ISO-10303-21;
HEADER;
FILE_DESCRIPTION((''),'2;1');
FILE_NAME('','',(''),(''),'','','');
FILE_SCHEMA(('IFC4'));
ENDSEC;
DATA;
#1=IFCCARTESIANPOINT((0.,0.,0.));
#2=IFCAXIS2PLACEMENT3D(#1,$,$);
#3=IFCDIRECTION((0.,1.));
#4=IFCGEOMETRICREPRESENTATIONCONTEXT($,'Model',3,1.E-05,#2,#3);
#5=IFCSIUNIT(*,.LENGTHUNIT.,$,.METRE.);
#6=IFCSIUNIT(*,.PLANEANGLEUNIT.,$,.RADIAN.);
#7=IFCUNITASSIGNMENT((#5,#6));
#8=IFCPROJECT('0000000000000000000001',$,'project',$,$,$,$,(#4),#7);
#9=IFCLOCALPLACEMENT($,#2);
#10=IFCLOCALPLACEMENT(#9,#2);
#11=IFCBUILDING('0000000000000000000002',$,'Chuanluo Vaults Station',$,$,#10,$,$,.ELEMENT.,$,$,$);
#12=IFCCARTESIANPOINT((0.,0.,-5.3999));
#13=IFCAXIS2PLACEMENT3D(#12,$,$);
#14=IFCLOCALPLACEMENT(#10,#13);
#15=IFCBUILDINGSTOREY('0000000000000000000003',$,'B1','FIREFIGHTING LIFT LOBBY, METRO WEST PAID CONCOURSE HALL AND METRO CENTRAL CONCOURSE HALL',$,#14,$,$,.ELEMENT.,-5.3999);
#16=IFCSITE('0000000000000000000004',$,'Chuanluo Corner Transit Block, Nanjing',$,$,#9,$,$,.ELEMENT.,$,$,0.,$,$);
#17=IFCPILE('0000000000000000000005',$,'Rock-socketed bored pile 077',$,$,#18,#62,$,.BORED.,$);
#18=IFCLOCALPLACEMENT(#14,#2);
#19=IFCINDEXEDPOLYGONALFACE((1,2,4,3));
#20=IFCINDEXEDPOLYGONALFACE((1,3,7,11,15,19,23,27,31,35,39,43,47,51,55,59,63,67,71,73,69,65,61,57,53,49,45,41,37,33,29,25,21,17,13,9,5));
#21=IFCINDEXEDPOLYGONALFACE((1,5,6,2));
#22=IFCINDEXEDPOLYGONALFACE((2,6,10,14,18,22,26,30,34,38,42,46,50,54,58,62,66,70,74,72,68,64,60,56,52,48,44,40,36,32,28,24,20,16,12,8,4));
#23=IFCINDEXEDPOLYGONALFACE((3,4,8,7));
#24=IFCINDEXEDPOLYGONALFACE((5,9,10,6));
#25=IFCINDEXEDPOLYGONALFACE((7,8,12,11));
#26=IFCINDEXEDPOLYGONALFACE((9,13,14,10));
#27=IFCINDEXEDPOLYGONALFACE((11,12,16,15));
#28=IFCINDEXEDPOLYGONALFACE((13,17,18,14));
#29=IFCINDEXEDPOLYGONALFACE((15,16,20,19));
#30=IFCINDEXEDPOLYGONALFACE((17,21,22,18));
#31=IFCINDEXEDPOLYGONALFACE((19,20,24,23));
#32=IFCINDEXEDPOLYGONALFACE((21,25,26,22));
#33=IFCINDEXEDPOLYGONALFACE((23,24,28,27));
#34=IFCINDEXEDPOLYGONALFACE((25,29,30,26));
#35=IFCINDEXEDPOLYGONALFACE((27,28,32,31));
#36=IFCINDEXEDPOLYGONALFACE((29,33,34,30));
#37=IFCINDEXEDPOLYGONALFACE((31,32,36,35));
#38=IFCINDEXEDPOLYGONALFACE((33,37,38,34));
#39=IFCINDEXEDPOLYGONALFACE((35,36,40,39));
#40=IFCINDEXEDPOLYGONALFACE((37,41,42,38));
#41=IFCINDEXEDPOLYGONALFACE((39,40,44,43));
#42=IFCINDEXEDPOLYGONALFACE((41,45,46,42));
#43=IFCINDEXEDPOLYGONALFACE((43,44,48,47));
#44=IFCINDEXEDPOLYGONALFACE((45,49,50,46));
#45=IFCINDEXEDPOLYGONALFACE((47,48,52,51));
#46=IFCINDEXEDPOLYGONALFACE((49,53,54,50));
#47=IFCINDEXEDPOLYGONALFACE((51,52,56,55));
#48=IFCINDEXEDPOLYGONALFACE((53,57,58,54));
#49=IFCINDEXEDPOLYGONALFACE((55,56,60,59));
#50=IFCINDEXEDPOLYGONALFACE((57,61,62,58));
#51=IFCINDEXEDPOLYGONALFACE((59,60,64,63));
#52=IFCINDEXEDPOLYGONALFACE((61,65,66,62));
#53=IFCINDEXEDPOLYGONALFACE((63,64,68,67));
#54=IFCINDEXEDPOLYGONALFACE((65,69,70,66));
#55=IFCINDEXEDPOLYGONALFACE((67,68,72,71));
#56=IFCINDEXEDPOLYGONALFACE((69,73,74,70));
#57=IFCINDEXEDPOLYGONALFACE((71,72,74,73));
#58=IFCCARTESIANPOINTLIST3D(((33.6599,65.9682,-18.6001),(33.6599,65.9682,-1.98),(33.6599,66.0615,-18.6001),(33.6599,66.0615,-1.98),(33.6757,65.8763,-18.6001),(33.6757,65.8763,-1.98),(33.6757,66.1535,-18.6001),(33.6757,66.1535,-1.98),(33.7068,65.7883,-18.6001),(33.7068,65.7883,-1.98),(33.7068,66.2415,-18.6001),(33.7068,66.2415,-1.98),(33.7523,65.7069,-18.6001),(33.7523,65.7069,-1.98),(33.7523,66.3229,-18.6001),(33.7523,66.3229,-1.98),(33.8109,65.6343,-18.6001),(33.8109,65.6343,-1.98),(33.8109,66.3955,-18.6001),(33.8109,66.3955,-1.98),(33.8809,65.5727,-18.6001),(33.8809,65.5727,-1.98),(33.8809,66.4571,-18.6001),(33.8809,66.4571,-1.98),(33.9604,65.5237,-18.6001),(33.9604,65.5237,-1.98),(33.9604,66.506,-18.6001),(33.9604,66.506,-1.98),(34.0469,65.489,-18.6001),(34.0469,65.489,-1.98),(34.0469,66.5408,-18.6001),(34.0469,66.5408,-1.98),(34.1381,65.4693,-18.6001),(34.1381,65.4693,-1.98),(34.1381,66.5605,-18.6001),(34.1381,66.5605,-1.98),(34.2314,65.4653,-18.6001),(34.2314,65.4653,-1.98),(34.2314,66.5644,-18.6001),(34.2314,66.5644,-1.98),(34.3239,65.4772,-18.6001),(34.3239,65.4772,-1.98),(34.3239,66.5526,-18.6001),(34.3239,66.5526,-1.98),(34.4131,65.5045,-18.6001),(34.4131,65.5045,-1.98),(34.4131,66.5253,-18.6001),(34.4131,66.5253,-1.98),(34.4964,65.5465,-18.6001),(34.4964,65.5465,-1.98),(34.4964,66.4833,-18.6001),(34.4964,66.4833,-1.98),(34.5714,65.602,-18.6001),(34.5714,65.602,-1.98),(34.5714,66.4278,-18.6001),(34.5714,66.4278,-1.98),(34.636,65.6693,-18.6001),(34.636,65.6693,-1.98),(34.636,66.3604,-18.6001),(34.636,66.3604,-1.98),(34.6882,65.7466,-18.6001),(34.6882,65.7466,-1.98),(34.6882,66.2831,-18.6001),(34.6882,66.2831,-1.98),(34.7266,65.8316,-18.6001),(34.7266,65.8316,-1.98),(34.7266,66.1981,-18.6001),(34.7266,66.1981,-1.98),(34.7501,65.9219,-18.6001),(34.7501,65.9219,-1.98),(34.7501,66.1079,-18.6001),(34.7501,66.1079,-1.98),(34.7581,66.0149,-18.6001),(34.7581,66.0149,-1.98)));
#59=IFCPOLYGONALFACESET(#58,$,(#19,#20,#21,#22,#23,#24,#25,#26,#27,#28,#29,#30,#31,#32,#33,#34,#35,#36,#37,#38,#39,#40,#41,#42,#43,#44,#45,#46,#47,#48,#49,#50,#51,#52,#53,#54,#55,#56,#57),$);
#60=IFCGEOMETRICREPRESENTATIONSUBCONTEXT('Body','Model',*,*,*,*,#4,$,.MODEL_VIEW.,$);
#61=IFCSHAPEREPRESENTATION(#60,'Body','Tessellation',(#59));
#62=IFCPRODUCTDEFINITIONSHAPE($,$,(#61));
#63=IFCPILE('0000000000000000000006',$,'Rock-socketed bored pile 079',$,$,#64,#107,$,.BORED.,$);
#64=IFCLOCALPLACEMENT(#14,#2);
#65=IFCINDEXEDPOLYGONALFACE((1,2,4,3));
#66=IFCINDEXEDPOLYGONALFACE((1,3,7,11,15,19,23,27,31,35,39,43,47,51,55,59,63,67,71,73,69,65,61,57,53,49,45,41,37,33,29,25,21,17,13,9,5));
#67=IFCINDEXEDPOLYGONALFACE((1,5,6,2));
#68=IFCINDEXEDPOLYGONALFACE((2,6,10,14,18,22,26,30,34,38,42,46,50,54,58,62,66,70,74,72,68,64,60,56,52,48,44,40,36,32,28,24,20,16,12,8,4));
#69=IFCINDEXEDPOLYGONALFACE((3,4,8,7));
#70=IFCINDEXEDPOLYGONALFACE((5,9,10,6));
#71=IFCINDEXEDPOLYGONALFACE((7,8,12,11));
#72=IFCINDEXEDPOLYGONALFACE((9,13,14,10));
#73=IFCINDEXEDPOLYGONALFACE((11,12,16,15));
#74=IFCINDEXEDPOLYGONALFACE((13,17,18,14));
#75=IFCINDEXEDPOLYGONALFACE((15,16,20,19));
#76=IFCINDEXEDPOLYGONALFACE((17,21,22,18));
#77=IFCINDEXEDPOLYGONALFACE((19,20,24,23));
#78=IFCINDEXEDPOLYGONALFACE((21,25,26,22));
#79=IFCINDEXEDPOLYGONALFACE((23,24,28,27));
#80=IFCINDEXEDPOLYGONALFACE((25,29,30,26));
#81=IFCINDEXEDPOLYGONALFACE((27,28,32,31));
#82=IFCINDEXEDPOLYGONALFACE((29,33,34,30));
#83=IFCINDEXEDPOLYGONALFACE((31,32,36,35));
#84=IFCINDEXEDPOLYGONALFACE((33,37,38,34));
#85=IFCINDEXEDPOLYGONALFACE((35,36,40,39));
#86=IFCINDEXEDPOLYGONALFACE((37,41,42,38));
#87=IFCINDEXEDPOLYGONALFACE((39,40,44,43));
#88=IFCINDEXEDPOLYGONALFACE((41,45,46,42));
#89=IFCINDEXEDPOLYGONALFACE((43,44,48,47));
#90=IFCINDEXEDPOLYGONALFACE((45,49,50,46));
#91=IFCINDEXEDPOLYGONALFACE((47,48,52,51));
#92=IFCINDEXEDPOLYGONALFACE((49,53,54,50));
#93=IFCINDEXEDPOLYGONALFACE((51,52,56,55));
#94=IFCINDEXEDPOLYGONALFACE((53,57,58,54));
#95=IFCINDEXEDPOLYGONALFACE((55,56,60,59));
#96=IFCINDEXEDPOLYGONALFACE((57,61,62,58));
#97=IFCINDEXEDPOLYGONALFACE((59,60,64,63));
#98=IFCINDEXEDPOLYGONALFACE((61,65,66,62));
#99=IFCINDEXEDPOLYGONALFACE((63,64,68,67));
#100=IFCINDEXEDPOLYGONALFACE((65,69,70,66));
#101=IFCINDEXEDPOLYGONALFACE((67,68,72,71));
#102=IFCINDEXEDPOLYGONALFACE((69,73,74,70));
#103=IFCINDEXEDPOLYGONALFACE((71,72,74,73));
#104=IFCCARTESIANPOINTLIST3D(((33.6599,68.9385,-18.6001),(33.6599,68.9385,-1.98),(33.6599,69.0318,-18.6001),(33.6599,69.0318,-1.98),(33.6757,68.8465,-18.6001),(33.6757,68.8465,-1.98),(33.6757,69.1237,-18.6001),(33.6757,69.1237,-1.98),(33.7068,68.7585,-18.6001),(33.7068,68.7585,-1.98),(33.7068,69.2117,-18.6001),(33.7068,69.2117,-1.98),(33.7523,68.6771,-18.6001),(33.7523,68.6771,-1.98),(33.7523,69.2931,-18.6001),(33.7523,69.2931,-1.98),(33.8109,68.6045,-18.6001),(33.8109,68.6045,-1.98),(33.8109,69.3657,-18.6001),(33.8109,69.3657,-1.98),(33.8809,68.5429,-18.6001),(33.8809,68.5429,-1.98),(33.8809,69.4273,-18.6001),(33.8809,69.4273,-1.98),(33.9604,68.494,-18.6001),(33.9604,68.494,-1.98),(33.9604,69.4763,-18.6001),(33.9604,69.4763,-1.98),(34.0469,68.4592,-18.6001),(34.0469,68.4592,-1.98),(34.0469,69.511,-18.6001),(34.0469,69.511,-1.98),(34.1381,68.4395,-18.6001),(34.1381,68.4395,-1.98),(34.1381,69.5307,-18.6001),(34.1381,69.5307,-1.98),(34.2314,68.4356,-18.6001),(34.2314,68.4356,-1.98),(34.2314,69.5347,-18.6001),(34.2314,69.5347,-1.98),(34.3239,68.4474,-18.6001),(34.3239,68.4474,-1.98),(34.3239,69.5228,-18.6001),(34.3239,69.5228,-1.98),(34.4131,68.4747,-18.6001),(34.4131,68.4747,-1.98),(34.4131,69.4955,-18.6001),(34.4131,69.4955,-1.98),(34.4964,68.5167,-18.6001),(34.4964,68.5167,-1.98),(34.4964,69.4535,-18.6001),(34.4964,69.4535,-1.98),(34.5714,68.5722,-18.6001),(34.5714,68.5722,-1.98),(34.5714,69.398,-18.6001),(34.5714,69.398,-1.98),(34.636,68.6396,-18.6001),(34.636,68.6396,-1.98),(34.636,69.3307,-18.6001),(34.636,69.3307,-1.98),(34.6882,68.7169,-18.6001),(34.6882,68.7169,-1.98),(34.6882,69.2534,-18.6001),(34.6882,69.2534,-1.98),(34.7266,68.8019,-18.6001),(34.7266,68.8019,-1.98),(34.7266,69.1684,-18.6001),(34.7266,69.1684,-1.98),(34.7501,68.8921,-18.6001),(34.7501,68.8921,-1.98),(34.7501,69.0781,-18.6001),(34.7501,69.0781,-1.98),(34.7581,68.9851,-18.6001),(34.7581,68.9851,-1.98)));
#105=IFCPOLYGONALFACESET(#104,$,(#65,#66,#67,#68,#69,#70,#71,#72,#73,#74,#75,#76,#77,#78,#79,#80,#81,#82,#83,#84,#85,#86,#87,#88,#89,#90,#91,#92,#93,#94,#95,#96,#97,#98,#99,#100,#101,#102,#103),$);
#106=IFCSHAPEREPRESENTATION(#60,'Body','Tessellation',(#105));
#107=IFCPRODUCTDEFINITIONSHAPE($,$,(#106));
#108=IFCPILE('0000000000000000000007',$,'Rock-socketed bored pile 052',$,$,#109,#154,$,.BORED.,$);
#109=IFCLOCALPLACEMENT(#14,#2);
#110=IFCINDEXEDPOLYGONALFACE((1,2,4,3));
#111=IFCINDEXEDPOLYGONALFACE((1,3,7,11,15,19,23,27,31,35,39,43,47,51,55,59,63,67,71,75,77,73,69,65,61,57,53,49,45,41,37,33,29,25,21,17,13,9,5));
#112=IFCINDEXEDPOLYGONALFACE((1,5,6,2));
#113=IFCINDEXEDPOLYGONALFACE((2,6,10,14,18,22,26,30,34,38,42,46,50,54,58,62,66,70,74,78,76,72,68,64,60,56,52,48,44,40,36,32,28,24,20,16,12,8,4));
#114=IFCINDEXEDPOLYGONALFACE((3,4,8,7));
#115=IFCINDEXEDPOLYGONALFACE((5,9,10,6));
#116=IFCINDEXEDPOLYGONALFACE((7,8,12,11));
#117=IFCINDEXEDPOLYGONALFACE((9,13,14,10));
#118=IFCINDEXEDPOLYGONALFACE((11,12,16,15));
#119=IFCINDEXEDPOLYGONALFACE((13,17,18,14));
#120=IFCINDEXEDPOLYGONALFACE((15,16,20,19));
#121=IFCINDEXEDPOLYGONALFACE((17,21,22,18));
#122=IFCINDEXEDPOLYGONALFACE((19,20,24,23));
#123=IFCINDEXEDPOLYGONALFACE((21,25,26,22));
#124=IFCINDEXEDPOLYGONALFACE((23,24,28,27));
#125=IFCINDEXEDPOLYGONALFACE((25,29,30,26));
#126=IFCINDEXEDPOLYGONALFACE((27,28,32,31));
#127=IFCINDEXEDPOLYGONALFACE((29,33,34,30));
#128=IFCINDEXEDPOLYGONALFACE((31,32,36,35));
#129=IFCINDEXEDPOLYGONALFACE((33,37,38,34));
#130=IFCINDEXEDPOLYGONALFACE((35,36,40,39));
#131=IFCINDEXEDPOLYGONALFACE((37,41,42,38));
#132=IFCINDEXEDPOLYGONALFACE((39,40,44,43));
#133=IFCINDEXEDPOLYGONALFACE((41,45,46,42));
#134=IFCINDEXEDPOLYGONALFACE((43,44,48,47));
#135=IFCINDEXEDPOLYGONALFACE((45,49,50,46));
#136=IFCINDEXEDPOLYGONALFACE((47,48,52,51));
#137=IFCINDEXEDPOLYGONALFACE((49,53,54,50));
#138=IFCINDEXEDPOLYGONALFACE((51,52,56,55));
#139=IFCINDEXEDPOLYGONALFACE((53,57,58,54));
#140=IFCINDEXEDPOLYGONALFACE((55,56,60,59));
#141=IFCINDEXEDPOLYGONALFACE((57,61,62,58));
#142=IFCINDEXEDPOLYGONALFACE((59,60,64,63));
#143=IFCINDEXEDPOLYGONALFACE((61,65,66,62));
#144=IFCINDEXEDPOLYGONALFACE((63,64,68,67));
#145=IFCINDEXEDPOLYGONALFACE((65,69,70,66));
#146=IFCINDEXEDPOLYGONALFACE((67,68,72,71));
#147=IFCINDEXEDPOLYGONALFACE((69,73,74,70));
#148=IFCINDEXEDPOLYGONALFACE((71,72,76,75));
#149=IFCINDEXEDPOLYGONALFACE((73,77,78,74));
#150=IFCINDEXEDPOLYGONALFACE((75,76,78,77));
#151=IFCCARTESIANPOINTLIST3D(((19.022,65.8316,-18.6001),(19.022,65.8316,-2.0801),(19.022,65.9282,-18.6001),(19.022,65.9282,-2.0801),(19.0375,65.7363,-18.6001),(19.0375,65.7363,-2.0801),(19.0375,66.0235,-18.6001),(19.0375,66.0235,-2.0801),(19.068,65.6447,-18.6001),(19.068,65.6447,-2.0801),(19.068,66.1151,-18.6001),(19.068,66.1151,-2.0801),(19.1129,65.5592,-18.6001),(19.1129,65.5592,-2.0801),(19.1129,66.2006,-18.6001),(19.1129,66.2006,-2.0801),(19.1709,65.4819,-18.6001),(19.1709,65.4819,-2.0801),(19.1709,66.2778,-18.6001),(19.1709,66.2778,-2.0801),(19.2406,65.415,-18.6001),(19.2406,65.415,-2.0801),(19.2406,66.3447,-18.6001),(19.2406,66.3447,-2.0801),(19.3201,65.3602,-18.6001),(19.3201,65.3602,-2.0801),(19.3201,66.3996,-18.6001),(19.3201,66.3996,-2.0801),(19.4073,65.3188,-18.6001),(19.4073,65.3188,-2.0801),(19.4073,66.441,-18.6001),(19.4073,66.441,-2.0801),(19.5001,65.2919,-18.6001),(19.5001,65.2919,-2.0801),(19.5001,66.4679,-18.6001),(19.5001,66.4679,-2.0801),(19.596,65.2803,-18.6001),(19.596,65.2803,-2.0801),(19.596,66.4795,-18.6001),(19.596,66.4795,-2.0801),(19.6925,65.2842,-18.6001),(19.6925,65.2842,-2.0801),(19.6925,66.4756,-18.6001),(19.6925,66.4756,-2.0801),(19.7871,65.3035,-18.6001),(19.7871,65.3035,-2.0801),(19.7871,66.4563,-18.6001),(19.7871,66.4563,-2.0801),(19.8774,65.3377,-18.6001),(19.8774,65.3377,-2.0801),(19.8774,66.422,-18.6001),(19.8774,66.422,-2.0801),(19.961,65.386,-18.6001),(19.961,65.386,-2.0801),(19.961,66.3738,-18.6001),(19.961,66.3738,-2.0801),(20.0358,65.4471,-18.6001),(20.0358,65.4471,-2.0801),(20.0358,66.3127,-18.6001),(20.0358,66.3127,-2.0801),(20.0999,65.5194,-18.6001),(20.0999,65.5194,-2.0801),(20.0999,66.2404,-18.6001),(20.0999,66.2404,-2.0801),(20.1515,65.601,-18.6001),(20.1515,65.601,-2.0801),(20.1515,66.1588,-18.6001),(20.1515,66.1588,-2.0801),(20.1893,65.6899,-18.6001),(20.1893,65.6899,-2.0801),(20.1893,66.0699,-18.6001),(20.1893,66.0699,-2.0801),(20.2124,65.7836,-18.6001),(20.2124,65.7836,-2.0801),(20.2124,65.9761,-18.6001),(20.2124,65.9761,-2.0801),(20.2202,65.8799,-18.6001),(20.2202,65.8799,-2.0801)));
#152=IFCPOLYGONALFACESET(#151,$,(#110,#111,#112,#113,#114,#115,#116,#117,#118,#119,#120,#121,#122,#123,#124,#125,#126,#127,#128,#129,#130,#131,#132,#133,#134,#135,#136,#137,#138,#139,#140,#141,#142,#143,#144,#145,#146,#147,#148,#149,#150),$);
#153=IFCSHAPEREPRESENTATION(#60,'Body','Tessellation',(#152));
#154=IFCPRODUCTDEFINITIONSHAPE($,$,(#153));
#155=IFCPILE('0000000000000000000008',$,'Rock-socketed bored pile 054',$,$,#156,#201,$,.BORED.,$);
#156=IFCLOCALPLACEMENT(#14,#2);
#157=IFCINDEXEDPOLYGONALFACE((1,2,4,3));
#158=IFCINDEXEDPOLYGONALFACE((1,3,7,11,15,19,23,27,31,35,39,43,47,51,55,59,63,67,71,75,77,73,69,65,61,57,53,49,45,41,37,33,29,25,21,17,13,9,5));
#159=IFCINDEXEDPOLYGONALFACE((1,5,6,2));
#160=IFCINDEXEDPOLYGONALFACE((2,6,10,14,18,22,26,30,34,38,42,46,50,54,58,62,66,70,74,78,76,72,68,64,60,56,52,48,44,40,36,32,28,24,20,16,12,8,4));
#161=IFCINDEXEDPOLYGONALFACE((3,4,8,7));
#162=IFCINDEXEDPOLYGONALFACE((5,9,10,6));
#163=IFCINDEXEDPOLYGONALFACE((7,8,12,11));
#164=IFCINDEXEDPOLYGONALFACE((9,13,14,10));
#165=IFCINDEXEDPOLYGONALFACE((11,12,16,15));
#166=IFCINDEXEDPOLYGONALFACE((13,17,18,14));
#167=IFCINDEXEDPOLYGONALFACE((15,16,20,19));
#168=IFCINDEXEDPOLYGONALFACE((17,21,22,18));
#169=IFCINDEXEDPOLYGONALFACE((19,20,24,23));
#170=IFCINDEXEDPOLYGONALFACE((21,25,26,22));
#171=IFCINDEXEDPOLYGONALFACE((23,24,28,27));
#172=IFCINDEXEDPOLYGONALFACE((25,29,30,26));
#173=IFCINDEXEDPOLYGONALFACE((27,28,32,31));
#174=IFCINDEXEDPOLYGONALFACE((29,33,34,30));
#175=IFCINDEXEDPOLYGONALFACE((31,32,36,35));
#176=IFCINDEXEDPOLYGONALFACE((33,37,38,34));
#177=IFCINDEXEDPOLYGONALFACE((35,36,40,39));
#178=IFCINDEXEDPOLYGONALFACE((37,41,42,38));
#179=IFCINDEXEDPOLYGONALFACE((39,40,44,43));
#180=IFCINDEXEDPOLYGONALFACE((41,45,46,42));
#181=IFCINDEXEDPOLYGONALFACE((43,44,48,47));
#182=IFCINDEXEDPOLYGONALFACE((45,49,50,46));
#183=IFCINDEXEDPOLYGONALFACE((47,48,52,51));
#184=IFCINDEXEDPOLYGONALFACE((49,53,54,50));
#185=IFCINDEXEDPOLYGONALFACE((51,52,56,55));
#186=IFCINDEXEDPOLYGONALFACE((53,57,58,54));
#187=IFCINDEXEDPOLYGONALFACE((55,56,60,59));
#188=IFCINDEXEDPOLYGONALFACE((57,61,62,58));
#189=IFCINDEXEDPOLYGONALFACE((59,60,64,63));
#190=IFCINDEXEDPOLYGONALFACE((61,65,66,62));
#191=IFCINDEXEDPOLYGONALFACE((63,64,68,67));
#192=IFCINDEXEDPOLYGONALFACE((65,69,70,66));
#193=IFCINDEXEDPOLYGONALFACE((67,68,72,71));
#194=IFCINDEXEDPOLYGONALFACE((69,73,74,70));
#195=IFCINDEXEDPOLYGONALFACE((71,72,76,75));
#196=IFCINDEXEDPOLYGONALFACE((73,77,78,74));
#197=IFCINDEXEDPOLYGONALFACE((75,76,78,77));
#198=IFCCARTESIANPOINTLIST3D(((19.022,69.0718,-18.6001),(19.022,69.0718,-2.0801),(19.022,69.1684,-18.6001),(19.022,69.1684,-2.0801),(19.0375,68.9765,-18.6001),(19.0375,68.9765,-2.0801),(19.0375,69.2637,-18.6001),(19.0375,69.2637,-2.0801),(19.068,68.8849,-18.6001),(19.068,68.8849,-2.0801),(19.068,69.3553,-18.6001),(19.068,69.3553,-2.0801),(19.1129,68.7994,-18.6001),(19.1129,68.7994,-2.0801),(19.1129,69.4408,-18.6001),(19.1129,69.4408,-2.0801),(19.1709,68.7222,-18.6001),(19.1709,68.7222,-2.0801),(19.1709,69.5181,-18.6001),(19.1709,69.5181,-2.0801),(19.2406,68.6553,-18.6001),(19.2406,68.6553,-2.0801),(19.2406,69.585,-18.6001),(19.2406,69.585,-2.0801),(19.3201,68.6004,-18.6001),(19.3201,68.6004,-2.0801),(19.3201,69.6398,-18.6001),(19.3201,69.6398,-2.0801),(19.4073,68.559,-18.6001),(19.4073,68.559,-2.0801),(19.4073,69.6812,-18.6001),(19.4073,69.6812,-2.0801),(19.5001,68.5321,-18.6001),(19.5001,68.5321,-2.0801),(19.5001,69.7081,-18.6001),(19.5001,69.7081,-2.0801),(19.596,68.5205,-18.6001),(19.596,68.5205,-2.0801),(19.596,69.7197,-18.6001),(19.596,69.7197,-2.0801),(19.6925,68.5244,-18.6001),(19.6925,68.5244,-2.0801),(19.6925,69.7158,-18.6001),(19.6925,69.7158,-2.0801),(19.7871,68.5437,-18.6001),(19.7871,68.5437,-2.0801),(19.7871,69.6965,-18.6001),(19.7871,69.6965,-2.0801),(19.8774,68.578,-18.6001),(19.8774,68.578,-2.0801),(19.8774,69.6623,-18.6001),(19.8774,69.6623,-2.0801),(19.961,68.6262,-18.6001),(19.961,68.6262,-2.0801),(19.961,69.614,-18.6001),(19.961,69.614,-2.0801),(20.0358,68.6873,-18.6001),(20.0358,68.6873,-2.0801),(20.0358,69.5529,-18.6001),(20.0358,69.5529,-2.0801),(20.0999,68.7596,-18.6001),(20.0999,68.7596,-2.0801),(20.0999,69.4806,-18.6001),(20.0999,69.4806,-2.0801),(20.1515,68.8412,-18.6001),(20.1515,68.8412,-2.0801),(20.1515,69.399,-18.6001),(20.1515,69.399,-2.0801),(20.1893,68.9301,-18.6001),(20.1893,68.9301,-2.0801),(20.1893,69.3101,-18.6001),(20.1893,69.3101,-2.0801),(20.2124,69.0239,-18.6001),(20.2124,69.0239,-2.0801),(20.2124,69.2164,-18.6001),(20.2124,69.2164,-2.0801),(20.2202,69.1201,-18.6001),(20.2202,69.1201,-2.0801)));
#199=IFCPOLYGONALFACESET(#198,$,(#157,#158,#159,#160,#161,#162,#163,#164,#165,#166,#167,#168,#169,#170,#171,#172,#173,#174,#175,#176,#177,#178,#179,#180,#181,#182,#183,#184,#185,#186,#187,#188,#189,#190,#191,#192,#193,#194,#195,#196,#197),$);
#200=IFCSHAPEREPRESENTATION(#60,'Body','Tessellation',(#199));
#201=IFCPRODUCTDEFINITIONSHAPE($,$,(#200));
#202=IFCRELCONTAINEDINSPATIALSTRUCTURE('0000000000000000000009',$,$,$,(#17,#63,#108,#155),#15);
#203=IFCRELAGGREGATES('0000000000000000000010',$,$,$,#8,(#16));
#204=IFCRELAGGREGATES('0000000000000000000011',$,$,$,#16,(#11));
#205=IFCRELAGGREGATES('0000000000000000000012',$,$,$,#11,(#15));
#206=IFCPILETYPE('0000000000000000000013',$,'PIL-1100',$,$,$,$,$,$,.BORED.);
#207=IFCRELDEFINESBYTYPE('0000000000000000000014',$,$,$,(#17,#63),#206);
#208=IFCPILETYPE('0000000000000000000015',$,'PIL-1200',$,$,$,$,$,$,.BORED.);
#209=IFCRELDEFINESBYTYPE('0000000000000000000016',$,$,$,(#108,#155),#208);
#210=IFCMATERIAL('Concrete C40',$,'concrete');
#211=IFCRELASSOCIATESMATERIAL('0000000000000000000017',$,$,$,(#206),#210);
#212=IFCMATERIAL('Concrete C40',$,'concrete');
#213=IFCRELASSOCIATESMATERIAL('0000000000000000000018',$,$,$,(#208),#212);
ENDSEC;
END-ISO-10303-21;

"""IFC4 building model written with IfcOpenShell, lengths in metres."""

from ifc_helpers import new_model, si_unit, direction, frame, origin, origin_2d, place, context, subcontext, project, spatial, circle, extrude, material, material_profile, profile_set, type_object, element, save


model = new_model("IFC4")

# Units and contexts
model_context = context("Model", 3, precision=1e-05, world=origin(), true_north=direction((0.0, 1.0)))
body_context = subcontext(model_context, "Body", "Model", "MODEL_VIEW")
ifc_project = project(units=[si_unit("LENGTHUNIT", "METRE"), si_unit("PLANEANGLEUNIT", "RADIAN")], contexts=[model_context])

# Site, building, storey
site_placement = place(None, origin())
site = spatial("IfcSite", under=ifc_project, at=site_placement, Name="Chuanluo Corner Transit Block, Nanjing", CompositionType="ELEMENT", RefElevation=0.0)
building_placement = place(site_placement, origin())
building = spatial("IfcBuilding", under=site, at=building_placement, Name="Chuanluo Vaults Station", CompositionType="ELEMENT")
storey_placement = place(building_placement, frame((0.0, 0.0, -5.3999)))
storey = spatial("IfcBuildingStorey", under=building, at=storey_placement, Name="B1", Description="FIREFIGHTING LIFT LOBBY, METRO WEST PAID CONCOURSE HALL AND METRO CENTRAL CONCOURSE HALL", CompositionType="ELEMENT", Elevation=-5.3999)

# Piles
ifc_material_1 = material(Name="Concrete C40", Category="concrete")
ifc_material_profile_1 = material_profile(ifc_material_1, circle(Radius=0.55, at=origin_2d()))
ifc_profile_set_1 = profile_set([ifc_material_profile_1], Name="Concrete C40")
pile_type_1 = type_object("IfcPileType", Name="PIL-1100", PredefinedType="BORED", material=ifc_profile_set_1)
for number, where, z_axis, x_axis, name in (
    (1, (34.208, 66.0149, -1.98), (0.0, 0.0, -1.0), (1.0, 0.0, 0.0), "Rock-socketed bored pile 077"),
    (2, (34.208, 68.9851, -1.98), (0.0, 0.0, -1.0), (1.0, 0.0, 0.0), "Rock-socketed bored pile 079"),
):
    element("IfcPile", number, at=place(storey_placement, frame(where, z_axis=z_axis, x_axis=x_axis)), inside=storey, type_object=pile_type_1, Name=name, PredefinedType="BORED", context=body_context, shape_type="SweptSolid", body=[
        extrude(circle(Radius=0.55, at=origin_2d()), origin(), (0.0, 0.0, 1.0), 16.6201),
    ])
ifc_material_2 = material(Name="Concrete C40", Category="concrete")
ifc_material_profile_2 = material_profile(ifc_material_2, circle(Radius=0.6001, at=origin_2d()))
ifc_profile_set_2 = profile_set([ifc_material_profile_2], Name="Concrete C40")
pile_type_2 = type_object("IfcPileType", Name="PIL-1200", PredefinedType="BORED", material=ifc_profile_set_2)
for number, where, z_axis, x_axis, name in (
    (3, (19.6201, 65.8799, -2.0801), (0.0, 0.0, -1.0), (1.0, 0.0, 0.0), "Rock-socketed bored pile 052"),
    (4, (19.6201, 69.1201, -2.0801), (0.0, 0.0, -1.0), (1.0, 0.0, 0.0), "Rock-socketed bored pile 054"),
):
    element("IfcPile", number, at=place(storey_placement, frame(where, z_axis=z_axis, x_axis=x_axis)), inside=storey, type_object=pile_type_2, Name=name, PredefinedType="BORED", context=body_context, shape_type="SweptSolid", body=[
        extrude(circle(Radius=0.6001, at=origin_2d()), origin(), (0.0, 0.0, 1.0), 16.52),
    ])

save(model, "model.ifc")
